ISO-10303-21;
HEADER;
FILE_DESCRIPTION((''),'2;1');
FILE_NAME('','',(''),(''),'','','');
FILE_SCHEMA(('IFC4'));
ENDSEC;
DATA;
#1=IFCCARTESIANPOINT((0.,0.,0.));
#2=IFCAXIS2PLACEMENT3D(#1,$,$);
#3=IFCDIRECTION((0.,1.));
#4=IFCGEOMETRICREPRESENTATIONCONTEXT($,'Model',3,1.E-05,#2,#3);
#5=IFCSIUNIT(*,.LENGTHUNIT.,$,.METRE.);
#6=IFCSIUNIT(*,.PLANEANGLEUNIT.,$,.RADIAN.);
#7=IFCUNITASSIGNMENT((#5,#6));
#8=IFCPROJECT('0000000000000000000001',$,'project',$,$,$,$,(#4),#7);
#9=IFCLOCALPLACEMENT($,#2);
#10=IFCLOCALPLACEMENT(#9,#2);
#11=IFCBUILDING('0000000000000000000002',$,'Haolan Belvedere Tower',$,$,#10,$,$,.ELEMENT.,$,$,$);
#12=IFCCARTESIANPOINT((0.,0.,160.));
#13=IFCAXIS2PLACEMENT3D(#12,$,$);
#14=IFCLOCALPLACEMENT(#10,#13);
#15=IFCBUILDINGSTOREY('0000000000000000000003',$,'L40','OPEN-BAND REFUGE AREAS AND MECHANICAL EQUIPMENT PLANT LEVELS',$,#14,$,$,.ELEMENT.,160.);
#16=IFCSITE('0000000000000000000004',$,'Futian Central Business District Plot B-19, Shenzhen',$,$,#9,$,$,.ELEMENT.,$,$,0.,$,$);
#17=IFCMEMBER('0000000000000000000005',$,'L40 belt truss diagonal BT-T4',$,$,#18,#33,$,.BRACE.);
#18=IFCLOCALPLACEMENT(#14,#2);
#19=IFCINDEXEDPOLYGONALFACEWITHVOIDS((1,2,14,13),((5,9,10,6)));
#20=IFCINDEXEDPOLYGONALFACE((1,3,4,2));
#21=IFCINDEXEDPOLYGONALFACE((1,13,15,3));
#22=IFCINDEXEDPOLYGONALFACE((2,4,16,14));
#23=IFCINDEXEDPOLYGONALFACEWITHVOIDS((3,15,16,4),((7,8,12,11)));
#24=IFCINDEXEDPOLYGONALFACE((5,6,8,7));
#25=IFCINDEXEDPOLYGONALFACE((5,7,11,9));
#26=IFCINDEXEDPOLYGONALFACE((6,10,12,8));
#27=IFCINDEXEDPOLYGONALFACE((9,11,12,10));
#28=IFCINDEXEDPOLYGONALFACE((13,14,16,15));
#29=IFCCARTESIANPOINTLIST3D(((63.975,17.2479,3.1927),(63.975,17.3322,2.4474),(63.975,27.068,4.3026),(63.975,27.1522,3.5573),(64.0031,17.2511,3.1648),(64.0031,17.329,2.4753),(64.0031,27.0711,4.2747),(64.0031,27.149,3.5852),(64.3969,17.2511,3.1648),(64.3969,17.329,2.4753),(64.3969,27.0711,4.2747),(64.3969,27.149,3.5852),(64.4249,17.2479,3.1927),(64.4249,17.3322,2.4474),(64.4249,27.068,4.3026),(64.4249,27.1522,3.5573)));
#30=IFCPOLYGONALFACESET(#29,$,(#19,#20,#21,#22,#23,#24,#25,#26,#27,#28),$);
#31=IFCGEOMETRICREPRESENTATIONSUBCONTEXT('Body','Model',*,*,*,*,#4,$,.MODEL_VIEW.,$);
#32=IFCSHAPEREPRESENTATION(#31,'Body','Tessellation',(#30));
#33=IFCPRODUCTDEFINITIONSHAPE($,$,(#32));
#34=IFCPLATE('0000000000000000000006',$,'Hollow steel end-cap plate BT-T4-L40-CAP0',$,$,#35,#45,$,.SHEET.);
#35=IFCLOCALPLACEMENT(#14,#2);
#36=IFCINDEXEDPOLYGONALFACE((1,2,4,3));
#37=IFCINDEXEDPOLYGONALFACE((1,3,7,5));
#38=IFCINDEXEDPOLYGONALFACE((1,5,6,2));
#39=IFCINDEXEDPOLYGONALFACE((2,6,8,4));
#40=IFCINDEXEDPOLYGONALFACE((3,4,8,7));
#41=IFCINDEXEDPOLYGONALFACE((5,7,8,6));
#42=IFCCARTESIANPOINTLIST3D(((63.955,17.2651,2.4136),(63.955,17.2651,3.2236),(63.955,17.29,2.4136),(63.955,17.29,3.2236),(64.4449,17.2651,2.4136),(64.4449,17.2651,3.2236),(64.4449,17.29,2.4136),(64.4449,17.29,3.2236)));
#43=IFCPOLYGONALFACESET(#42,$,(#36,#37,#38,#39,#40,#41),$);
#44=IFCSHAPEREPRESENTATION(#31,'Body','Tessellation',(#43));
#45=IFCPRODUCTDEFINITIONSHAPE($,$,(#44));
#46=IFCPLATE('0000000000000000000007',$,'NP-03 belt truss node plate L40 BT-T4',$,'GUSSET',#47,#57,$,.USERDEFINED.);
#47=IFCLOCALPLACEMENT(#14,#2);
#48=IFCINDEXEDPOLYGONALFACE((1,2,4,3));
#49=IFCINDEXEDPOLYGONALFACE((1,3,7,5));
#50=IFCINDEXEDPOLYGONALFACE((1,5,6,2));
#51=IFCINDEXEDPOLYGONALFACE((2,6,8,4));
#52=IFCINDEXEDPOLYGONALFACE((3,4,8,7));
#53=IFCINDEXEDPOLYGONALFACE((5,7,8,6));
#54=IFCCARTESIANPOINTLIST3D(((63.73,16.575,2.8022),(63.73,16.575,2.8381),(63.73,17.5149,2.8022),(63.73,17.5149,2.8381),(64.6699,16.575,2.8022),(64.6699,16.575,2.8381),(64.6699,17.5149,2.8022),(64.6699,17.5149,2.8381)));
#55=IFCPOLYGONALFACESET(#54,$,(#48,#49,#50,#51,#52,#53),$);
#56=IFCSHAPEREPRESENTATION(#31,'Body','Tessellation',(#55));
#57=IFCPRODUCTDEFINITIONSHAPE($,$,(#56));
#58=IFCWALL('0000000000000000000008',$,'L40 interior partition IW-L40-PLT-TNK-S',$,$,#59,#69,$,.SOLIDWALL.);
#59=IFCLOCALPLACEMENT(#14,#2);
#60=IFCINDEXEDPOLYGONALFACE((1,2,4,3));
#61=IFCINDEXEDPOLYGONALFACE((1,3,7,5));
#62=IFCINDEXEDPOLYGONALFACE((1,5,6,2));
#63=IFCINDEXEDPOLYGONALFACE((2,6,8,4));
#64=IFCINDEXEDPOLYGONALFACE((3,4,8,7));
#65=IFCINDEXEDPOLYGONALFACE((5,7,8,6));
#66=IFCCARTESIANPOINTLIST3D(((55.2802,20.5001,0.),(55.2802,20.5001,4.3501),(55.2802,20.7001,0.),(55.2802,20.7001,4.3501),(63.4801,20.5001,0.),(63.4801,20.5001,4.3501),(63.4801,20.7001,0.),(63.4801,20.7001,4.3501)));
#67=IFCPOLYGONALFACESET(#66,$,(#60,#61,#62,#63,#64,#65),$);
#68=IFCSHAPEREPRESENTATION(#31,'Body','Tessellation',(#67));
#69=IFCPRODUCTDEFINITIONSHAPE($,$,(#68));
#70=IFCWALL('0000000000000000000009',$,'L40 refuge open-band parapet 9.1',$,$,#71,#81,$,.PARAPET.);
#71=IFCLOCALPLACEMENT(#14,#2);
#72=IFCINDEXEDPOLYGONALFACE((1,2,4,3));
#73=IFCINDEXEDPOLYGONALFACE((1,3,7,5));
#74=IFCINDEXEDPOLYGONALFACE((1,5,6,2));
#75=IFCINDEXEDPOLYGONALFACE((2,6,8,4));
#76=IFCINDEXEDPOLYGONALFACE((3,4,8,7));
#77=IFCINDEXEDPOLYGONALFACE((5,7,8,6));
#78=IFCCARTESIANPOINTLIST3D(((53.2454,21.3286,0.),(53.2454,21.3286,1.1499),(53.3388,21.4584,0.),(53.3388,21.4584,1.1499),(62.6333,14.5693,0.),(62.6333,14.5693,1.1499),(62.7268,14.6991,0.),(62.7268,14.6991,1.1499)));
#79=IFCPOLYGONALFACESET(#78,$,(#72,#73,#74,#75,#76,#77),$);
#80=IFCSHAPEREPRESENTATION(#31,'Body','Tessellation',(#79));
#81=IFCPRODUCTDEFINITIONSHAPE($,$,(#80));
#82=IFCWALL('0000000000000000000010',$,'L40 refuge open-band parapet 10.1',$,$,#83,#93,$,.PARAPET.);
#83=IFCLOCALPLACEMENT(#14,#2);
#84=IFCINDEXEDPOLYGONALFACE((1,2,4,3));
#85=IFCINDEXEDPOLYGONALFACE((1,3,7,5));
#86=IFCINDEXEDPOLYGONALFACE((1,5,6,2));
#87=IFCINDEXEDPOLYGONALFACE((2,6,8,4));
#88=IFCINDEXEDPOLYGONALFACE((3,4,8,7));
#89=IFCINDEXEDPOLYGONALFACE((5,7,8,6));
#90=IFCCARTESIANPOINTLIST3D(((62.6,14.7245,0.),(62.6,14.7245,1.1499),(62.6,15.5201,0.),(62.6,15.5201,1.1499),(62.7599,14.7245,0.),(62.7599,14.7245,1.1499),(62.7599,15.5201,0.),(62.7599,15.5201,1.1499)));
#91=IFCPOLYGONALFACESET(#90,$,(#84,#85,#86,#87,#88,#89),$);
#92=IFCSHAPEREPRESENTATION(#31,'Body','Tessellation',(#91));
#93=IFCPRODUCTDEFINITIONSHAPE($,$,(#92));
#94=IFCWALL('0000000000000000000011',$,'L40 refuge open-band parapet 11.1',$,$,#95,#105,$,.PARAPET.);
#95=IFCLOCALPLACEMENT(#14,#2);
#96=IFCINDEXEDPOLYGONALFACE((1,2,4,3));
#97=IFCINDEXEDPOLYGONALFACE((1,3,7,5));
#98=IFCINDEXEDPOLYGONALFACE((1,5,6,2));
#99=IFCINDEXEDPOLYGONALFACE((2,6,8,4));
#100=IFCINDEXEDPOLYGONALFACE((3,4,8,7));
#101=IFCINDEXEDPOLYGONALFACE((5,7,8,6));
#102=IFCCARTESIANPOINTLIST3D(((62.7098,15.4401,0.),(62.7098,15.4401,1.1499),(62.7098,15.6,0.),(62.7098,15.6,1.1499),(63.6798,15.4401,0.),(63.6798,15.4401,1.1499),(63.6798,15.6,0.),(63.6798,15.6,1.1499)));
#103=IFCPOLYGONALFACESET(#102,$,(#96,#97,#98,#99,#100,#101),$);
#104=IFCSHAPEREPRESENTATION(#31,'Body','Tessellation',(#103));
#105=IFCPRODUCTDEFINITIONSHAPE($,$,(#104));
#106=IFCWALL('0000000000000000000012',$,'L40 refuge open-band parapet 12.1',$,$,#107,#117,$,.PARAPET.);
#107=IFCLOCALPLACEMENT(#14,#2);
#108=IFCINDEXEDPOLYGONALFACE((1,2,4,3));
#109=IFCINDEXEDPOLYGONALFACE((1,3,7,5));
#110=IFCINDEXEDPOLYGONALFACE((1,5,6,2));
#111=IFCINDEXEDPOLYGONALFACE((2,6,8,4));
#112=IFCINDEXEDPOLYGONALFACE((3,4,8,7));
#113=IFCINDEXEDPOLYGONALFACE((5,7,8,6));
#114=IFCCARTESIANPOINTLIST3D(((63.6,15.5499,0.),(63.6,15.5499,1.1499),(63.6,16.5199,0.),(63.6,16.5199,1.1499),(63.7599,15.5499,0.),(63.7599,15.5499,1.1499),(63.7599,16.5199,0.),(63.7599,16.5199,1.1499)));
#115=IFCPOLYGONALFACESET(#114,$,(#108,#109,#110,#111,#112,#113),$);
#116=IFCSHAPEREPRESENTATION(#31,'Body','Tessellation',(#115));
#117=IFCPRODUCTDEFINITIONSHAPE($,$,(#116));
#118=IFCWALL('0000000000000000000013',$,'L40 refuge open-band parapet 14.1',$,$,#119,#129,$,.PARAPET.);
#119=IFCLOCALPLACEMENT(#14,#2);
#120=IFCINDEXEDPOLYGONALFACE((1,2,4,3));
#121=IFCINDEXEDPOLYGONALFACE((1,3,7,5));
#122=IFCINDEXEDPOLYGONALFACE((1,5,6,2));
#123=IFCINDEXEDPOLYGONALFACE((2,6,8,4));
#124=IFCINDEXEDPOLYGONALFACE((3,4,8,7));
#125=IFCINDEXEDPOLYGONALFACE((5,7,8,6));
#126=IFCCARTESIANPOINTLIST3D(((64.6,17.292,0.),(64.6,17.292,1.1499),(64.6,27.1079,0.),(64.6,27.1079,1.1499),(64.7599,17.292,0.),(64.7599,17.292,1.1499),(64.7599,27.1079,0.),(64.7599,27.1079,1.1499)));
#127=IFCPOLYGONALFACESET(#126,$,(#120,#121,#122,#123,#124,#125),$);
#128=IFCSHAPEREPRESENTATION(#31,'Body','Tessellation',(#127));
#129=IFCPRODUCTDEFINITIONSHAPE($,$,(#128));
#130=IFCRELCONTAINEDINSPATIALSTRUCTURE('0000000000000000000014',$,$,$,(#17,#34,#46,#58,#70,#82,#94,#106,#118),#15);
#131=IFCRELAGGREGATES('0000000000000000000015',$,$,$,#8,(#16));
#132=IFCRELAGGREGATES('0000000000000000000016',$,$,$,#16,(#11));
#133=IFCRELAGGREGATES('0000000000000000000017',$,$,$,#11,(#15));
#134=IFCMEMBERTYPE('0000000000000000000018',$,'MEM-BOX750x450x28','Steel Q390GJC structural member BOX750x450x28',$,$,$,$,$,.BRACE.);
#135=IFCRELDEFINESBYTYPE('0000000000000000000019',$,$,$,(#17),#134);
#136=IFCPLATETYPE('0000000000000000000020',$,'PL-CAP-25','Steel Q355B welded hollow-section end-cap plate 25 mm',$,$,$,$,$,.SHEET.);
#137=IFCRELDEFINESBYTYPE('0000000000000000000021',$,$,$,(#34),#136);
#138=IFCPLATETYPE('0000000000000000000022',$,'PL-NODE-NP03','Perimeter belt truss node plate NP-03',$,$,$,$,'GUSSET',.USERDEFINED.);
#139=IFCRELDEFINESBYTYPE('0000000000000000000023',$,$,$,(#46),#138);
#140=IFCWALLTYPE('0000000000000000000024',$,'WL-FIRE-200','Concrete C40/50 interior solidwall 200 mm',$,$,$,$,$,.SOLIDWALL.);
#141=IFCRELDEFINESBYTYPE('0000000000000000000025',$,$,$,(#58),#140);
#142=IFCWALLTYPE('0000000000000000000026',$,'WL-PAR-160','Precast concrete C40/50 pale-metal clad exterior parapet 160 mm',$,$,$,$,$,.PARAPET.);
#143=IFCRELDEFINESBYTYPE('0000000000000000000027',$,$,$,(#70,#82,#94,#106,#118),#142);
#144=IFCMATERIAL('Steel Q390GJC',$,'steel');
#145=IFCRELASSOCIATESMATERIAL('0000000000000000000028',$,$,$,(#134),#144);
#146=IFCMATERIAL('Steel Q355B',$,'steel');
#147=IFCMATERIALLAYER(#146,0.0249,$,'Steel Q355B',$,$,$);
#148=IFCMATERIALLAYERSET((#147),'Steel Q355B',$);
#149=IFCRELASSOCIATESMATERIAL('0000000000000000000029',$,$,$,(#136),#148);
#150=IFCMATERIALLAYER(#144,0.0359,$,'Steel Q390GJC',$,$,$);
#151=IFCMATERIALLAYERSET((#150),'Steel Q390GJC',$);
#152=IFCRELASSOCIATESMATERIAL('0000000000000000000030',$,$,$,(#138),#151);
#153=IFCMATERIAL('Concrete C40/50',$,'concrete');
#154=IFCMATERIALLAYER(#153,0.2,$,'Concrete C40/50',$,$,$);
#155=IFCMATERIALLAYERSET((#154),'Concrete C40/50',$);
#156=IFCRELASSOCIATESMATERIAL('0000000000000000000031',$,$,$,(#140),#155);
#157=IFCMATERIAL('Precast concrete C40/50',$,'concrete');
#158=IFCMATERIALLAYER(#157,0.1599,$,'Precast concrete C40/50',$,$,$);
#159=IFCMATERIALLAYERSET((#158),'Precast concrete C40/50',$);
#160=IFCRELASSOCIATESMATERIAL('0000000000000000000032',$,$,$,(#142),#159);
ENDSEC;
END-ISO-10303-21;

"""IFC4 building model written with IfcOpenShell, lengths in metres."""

from ifc_helpers import new_model, si_unit, direction, frame, frame_2d, origin, origin_2d, place, context, subcontext, project, spatial, rectangle, hollow_rectangle, extrude, material, layer, layer_set, material_profile, profile_set, type_object, element, save


model = new_model("IFC4")

# Units and contexts
model_context = context("Model", 3, precision=1e-05, world=origin(), true_north=direction((0.0, 1.0)))
body_context = subcontext(model_context, "Body", "Model", "MODEL_VIEW")
ifc_project = project(units=[si_unit("LENGTHUNIT", "METRE"), si_unit("PLANEANGLEUNIT", "RADIAN")], contexts=[model_context])

# Site, building, storey
site_placement = place(None, origin())
site = spatial("IfcSite", under=ifc_project, at=site_placement, Name="Futian Central Business District Plot B-19, Shenzhen", CompositionType="ELEMENT", RefElevation=0.0)
building_placement = place(site_placement, origin())
building = spatial("IfcBuilding", under=site, at=building_placement, Name="Haolan Belvedere Tower", CompositionType="ELEMENT")
storey_placement = place(building_placement, frame((0.0, 0.0, 160.0)))
storey = spatial("IfcBuildingStorey", under=building, at=storey_placement, Name="L40", Description="OPEN-BAND REFUGE AREAS AND MECHANICAL EQUIPMENT PLANT LEVELS", CompositionType="ELEMENT", Elevation=160.0)

# Shared definitions
ifc_material_1 = material(Name="Steel Q390GJC", Category="steel")

# Shared definitions
ifc_material_2 = material(Name="Steel Q355B", Category="steel")

# Member
ifc_material_profile_1 = material_profile(ifc_material_1, hollow_rectangle(XDim=0.45, YDim=0.75, WallThickness=0.0281, at=origin_2d()), Name="Steel Q390GJC")
ifc_profile_set_1 = profile_set([ifc_material_profile_1], Name="Steel Q390GJC")
member_type = type_object("IfcMemberType", Name="MEM-BOX750x450x28", Description="Steel Q390GJC structural member BOX750x450x28", PredefinedType="BRACE", material=ifc_profile_set_1)
member_placement = place(storey_placement, frame((64.2, 17.29, 2.8201), z_axis=(0.0, 0.993674, 0.112305), x_axis=(-1.0, 0.0, 0.0)))
element("IfcMember", 1, at=member_placement, inside=storey, type_object=member_type, Name="L40 belt truss diagonal BT-T4", PredefinedType="BRACE", context=body_context, shape_type="SweptSolid", body=[
    extrude(hollow_rectangle(XDim=0.45, YDim=0.75, WallThickness=0.0281, at=origin_2d()), origin(), (0.0, 0.0, 1.0), 9.8826),
])

# Plates
ifc_layer_1 = layer(ifc_material_2, 0.0249, Name="Steel Q355B")
ifc_layer_set_1 = layer_set([ifc_layer_1], Name="Steel Q355B")
plate_type_1 = type_object("IfcPlateType", Name="PL-CAP-25", Description="Steel Q355B welded hollow-section end-cap plate 25 mm", PredefinedType="SHEET", material=ifc_layer_set_1)
plate_1_placement = place(storey_placement, frame((64.2, 17.2776, 2.4136), z_axis=(0.0, 0.0, 1.0), x_axis=(1.0, 0.0, 0.0)))
element("IfcPlate", 2, at=plate_1_placement, inside=storey, type_object=plate_type_1, Name="Hollow steel end-cap plate BT-T4-L40-CAP0", PredefinedType="SHEET", context=body_context, shape_type="SweptSolid", body=[
    extrude(rectangle(XDim=0.49, YDim=0.0249, at=origin_2d()), origin(), (0.0, 0.0, 1.0), 0.8101),
])
ifc_layer_2 = layer(ifc_material_1, 0.0359, Name="Steel Q390GJC")
ifc_layer_set_2 = layer_set([ifc_layer_2], Name="Steel Q390GJC")
plate_type_2 = type_object("IfcPlateType", Name="PL-NODE-NP03", Description="Perimeter belt truss node plate NP-03", ElementType="GUSSET", PredefinedType="USERDEFINED", material=ifc_layer_set_2)
plate_2_placement = place(storey_placement, frame((64.2, 17.0449, 2.8022), z_axis=(0.0, 0.0, 1.0), x_axis=(1.0, 0.0, 0.0)))
element("IfcPlate", 3, at=plate_2_placement, inside=storey, type_object=plate_type_2, Name="NP-03 belt truss node plate L40 BT-T4", ObjectType="GUSSET", PredefinedType="USERDEFINED", context=body_context, shape_type="SweptSolid", body=[
    extrude(rectangle(XDim=0.9399, YDim=0.9399, at=origin_2d()), origin(), (0.0, 0.0, 1.0), 0.0359),
])

# Wall
ifc_material_3 = material(Name="Concrete C40/50", Category="concrete")
ifc_layer_3 = layer(ifc_material_3, 0.2, Name="Concrete C40/50")
ifc_layer_set_3 = layer_set([ifc_layer_3], Name="Concrete C40/50")
wall_type_1 = type_object("IfcWallType", Name="WL-FIRE-200", Description="Concrete C40/50 interior solidwall 200 mm", PredefinedType="SOLIDWALL", material=ifc_layer_set_3)
wall_1_placement = place(storey_placement, frame((55.28, 20.6001, 0.0), z_axis=(0.0, 0.0, 1.0), x_axis=(1.0, 0.0, 0.0)))
element("IfcWall", 4, at=wall_1_placement, inside=storey, type_object=wall_type_1, Name="L40 interior partition IW-L40-PLT-TNK-S", PredefinedType="SOLIDWALL", context=body_context, shape_type="SweptSolid", body=[
    extrude(rectangle(XDim=8.2, YDim=0.2, at=frame_2d((4.1001, 0.0))), origin(), (0.0, 0.0, 1.0), 4.3501),
])

# Walls
ifc_material_4 = material(Name="Precast concrete C40/50", Category="concrete")
ifc_layer_4 = layer(ifc_material_4, 0.1599, Name="Precast concrete C40/50")
ifc_layer_set_4 = layer_set([ifc_layer_4], Name="Precast concrete C40/50")
wall_type_2 = type_object("IfcWallType", Name="WL-PAR-160", Description="Precast concrete C40/50 pale-metal clad exterior parapet 160 mm", PredefinedType="PARAPET", material=ifc_layer_set_4)
wall_2_placement = place(storey_placement, frame((53.292, 21.3936, 0.0), z_axis=(0.0, 0.0, 1.0), x_axis=(0.811536, -0.584303, 0.0)))
element("IfcWall", 5, at=wall_2_placement, inside=storey, type_object=wall_type_2, Name="L40 refuge open-band parapet 9.1", PredefinedType="PARAPET", context=body_context, shape_type="SweptSolid", body=[
    extrude(rectangle(XDim=11.5681, YDim=0.1599, at=frame_2d((5.7842, 0.0))), origin(), (0.0, 0.0, 1.0), 1.1499),
])
wall_3_placement = place(storey_placement, frame((62.6799, 14.7244, 0.0), z_axis=(0.0, 0.0, 1.0), x_axis=(0.0, 1.0, 0.0)))
element("IfcWall", 6, at=wall_3_placement, inside=storey, type_object=wall_type_2, Name="L40 refuge open-band parapet 10.1", PredefinedType="PARAPET", context=body_context, shape_type="SweptSolid", body=[
    extrude(rectangle(XDim=0.7957, YDim=0.1599, at=frame_2d((0.3979, 0.0))), origin(), (0.0, 0.0, 1.0), 1.1499),
])
for number, where, z_axis, x_axis, name in (
    (7, (62.71, 15.52, 0.0), (0.0, 0.0, 1.0), (1.0, 0.0, 0.0), "L40 refuge open-band parapet 11.1"),
    (8, (63.6799, 15.55, 0.0), (0.0, 0.0, 1.0), (0.0, 1.0, 0.0), "L40 refuge open-band parapet 12.1"),
):
    element("IfcWall", number, at=place(storey_placement, frame(where, z_axis=z_axis, x_axis=x_axis)), inside=storey, type_object=wall_type_2, Name=name, PredefinedType="PARAPET", context=body_context, shape_type="SweptSolid", body=[
        extrude(rectangle(XDim=0.97, YDim=0.1599, at=frame_2d((0.4849, 0.0))), origin(), (0.0, 0.0, 1.0), 1.1499),
    ])
wall_4_placement = place(storey_placement, frame((64.6799, 17.292, 0.0), z_axis=(0.0, 0.0, 1.0), x_axis=(0.0, 1.0, 0.0)))
element("IfcWall", 9, at=wall_4_placement, inside=storey, type_object=wall_type_2, Name="L40 refuge open-band parapet 14.1", PredefinedType="PARAPET", context=body_context, shape_type="SweptSolid", body=[
    extrude(rectangle(XDim=9.8159, YDim=0.1599, at=frame_2d((4.908, 0.0))), origin(), (0.0, 0.0, 1.0), 1.1499),
])

save(model, "model.ifc")
